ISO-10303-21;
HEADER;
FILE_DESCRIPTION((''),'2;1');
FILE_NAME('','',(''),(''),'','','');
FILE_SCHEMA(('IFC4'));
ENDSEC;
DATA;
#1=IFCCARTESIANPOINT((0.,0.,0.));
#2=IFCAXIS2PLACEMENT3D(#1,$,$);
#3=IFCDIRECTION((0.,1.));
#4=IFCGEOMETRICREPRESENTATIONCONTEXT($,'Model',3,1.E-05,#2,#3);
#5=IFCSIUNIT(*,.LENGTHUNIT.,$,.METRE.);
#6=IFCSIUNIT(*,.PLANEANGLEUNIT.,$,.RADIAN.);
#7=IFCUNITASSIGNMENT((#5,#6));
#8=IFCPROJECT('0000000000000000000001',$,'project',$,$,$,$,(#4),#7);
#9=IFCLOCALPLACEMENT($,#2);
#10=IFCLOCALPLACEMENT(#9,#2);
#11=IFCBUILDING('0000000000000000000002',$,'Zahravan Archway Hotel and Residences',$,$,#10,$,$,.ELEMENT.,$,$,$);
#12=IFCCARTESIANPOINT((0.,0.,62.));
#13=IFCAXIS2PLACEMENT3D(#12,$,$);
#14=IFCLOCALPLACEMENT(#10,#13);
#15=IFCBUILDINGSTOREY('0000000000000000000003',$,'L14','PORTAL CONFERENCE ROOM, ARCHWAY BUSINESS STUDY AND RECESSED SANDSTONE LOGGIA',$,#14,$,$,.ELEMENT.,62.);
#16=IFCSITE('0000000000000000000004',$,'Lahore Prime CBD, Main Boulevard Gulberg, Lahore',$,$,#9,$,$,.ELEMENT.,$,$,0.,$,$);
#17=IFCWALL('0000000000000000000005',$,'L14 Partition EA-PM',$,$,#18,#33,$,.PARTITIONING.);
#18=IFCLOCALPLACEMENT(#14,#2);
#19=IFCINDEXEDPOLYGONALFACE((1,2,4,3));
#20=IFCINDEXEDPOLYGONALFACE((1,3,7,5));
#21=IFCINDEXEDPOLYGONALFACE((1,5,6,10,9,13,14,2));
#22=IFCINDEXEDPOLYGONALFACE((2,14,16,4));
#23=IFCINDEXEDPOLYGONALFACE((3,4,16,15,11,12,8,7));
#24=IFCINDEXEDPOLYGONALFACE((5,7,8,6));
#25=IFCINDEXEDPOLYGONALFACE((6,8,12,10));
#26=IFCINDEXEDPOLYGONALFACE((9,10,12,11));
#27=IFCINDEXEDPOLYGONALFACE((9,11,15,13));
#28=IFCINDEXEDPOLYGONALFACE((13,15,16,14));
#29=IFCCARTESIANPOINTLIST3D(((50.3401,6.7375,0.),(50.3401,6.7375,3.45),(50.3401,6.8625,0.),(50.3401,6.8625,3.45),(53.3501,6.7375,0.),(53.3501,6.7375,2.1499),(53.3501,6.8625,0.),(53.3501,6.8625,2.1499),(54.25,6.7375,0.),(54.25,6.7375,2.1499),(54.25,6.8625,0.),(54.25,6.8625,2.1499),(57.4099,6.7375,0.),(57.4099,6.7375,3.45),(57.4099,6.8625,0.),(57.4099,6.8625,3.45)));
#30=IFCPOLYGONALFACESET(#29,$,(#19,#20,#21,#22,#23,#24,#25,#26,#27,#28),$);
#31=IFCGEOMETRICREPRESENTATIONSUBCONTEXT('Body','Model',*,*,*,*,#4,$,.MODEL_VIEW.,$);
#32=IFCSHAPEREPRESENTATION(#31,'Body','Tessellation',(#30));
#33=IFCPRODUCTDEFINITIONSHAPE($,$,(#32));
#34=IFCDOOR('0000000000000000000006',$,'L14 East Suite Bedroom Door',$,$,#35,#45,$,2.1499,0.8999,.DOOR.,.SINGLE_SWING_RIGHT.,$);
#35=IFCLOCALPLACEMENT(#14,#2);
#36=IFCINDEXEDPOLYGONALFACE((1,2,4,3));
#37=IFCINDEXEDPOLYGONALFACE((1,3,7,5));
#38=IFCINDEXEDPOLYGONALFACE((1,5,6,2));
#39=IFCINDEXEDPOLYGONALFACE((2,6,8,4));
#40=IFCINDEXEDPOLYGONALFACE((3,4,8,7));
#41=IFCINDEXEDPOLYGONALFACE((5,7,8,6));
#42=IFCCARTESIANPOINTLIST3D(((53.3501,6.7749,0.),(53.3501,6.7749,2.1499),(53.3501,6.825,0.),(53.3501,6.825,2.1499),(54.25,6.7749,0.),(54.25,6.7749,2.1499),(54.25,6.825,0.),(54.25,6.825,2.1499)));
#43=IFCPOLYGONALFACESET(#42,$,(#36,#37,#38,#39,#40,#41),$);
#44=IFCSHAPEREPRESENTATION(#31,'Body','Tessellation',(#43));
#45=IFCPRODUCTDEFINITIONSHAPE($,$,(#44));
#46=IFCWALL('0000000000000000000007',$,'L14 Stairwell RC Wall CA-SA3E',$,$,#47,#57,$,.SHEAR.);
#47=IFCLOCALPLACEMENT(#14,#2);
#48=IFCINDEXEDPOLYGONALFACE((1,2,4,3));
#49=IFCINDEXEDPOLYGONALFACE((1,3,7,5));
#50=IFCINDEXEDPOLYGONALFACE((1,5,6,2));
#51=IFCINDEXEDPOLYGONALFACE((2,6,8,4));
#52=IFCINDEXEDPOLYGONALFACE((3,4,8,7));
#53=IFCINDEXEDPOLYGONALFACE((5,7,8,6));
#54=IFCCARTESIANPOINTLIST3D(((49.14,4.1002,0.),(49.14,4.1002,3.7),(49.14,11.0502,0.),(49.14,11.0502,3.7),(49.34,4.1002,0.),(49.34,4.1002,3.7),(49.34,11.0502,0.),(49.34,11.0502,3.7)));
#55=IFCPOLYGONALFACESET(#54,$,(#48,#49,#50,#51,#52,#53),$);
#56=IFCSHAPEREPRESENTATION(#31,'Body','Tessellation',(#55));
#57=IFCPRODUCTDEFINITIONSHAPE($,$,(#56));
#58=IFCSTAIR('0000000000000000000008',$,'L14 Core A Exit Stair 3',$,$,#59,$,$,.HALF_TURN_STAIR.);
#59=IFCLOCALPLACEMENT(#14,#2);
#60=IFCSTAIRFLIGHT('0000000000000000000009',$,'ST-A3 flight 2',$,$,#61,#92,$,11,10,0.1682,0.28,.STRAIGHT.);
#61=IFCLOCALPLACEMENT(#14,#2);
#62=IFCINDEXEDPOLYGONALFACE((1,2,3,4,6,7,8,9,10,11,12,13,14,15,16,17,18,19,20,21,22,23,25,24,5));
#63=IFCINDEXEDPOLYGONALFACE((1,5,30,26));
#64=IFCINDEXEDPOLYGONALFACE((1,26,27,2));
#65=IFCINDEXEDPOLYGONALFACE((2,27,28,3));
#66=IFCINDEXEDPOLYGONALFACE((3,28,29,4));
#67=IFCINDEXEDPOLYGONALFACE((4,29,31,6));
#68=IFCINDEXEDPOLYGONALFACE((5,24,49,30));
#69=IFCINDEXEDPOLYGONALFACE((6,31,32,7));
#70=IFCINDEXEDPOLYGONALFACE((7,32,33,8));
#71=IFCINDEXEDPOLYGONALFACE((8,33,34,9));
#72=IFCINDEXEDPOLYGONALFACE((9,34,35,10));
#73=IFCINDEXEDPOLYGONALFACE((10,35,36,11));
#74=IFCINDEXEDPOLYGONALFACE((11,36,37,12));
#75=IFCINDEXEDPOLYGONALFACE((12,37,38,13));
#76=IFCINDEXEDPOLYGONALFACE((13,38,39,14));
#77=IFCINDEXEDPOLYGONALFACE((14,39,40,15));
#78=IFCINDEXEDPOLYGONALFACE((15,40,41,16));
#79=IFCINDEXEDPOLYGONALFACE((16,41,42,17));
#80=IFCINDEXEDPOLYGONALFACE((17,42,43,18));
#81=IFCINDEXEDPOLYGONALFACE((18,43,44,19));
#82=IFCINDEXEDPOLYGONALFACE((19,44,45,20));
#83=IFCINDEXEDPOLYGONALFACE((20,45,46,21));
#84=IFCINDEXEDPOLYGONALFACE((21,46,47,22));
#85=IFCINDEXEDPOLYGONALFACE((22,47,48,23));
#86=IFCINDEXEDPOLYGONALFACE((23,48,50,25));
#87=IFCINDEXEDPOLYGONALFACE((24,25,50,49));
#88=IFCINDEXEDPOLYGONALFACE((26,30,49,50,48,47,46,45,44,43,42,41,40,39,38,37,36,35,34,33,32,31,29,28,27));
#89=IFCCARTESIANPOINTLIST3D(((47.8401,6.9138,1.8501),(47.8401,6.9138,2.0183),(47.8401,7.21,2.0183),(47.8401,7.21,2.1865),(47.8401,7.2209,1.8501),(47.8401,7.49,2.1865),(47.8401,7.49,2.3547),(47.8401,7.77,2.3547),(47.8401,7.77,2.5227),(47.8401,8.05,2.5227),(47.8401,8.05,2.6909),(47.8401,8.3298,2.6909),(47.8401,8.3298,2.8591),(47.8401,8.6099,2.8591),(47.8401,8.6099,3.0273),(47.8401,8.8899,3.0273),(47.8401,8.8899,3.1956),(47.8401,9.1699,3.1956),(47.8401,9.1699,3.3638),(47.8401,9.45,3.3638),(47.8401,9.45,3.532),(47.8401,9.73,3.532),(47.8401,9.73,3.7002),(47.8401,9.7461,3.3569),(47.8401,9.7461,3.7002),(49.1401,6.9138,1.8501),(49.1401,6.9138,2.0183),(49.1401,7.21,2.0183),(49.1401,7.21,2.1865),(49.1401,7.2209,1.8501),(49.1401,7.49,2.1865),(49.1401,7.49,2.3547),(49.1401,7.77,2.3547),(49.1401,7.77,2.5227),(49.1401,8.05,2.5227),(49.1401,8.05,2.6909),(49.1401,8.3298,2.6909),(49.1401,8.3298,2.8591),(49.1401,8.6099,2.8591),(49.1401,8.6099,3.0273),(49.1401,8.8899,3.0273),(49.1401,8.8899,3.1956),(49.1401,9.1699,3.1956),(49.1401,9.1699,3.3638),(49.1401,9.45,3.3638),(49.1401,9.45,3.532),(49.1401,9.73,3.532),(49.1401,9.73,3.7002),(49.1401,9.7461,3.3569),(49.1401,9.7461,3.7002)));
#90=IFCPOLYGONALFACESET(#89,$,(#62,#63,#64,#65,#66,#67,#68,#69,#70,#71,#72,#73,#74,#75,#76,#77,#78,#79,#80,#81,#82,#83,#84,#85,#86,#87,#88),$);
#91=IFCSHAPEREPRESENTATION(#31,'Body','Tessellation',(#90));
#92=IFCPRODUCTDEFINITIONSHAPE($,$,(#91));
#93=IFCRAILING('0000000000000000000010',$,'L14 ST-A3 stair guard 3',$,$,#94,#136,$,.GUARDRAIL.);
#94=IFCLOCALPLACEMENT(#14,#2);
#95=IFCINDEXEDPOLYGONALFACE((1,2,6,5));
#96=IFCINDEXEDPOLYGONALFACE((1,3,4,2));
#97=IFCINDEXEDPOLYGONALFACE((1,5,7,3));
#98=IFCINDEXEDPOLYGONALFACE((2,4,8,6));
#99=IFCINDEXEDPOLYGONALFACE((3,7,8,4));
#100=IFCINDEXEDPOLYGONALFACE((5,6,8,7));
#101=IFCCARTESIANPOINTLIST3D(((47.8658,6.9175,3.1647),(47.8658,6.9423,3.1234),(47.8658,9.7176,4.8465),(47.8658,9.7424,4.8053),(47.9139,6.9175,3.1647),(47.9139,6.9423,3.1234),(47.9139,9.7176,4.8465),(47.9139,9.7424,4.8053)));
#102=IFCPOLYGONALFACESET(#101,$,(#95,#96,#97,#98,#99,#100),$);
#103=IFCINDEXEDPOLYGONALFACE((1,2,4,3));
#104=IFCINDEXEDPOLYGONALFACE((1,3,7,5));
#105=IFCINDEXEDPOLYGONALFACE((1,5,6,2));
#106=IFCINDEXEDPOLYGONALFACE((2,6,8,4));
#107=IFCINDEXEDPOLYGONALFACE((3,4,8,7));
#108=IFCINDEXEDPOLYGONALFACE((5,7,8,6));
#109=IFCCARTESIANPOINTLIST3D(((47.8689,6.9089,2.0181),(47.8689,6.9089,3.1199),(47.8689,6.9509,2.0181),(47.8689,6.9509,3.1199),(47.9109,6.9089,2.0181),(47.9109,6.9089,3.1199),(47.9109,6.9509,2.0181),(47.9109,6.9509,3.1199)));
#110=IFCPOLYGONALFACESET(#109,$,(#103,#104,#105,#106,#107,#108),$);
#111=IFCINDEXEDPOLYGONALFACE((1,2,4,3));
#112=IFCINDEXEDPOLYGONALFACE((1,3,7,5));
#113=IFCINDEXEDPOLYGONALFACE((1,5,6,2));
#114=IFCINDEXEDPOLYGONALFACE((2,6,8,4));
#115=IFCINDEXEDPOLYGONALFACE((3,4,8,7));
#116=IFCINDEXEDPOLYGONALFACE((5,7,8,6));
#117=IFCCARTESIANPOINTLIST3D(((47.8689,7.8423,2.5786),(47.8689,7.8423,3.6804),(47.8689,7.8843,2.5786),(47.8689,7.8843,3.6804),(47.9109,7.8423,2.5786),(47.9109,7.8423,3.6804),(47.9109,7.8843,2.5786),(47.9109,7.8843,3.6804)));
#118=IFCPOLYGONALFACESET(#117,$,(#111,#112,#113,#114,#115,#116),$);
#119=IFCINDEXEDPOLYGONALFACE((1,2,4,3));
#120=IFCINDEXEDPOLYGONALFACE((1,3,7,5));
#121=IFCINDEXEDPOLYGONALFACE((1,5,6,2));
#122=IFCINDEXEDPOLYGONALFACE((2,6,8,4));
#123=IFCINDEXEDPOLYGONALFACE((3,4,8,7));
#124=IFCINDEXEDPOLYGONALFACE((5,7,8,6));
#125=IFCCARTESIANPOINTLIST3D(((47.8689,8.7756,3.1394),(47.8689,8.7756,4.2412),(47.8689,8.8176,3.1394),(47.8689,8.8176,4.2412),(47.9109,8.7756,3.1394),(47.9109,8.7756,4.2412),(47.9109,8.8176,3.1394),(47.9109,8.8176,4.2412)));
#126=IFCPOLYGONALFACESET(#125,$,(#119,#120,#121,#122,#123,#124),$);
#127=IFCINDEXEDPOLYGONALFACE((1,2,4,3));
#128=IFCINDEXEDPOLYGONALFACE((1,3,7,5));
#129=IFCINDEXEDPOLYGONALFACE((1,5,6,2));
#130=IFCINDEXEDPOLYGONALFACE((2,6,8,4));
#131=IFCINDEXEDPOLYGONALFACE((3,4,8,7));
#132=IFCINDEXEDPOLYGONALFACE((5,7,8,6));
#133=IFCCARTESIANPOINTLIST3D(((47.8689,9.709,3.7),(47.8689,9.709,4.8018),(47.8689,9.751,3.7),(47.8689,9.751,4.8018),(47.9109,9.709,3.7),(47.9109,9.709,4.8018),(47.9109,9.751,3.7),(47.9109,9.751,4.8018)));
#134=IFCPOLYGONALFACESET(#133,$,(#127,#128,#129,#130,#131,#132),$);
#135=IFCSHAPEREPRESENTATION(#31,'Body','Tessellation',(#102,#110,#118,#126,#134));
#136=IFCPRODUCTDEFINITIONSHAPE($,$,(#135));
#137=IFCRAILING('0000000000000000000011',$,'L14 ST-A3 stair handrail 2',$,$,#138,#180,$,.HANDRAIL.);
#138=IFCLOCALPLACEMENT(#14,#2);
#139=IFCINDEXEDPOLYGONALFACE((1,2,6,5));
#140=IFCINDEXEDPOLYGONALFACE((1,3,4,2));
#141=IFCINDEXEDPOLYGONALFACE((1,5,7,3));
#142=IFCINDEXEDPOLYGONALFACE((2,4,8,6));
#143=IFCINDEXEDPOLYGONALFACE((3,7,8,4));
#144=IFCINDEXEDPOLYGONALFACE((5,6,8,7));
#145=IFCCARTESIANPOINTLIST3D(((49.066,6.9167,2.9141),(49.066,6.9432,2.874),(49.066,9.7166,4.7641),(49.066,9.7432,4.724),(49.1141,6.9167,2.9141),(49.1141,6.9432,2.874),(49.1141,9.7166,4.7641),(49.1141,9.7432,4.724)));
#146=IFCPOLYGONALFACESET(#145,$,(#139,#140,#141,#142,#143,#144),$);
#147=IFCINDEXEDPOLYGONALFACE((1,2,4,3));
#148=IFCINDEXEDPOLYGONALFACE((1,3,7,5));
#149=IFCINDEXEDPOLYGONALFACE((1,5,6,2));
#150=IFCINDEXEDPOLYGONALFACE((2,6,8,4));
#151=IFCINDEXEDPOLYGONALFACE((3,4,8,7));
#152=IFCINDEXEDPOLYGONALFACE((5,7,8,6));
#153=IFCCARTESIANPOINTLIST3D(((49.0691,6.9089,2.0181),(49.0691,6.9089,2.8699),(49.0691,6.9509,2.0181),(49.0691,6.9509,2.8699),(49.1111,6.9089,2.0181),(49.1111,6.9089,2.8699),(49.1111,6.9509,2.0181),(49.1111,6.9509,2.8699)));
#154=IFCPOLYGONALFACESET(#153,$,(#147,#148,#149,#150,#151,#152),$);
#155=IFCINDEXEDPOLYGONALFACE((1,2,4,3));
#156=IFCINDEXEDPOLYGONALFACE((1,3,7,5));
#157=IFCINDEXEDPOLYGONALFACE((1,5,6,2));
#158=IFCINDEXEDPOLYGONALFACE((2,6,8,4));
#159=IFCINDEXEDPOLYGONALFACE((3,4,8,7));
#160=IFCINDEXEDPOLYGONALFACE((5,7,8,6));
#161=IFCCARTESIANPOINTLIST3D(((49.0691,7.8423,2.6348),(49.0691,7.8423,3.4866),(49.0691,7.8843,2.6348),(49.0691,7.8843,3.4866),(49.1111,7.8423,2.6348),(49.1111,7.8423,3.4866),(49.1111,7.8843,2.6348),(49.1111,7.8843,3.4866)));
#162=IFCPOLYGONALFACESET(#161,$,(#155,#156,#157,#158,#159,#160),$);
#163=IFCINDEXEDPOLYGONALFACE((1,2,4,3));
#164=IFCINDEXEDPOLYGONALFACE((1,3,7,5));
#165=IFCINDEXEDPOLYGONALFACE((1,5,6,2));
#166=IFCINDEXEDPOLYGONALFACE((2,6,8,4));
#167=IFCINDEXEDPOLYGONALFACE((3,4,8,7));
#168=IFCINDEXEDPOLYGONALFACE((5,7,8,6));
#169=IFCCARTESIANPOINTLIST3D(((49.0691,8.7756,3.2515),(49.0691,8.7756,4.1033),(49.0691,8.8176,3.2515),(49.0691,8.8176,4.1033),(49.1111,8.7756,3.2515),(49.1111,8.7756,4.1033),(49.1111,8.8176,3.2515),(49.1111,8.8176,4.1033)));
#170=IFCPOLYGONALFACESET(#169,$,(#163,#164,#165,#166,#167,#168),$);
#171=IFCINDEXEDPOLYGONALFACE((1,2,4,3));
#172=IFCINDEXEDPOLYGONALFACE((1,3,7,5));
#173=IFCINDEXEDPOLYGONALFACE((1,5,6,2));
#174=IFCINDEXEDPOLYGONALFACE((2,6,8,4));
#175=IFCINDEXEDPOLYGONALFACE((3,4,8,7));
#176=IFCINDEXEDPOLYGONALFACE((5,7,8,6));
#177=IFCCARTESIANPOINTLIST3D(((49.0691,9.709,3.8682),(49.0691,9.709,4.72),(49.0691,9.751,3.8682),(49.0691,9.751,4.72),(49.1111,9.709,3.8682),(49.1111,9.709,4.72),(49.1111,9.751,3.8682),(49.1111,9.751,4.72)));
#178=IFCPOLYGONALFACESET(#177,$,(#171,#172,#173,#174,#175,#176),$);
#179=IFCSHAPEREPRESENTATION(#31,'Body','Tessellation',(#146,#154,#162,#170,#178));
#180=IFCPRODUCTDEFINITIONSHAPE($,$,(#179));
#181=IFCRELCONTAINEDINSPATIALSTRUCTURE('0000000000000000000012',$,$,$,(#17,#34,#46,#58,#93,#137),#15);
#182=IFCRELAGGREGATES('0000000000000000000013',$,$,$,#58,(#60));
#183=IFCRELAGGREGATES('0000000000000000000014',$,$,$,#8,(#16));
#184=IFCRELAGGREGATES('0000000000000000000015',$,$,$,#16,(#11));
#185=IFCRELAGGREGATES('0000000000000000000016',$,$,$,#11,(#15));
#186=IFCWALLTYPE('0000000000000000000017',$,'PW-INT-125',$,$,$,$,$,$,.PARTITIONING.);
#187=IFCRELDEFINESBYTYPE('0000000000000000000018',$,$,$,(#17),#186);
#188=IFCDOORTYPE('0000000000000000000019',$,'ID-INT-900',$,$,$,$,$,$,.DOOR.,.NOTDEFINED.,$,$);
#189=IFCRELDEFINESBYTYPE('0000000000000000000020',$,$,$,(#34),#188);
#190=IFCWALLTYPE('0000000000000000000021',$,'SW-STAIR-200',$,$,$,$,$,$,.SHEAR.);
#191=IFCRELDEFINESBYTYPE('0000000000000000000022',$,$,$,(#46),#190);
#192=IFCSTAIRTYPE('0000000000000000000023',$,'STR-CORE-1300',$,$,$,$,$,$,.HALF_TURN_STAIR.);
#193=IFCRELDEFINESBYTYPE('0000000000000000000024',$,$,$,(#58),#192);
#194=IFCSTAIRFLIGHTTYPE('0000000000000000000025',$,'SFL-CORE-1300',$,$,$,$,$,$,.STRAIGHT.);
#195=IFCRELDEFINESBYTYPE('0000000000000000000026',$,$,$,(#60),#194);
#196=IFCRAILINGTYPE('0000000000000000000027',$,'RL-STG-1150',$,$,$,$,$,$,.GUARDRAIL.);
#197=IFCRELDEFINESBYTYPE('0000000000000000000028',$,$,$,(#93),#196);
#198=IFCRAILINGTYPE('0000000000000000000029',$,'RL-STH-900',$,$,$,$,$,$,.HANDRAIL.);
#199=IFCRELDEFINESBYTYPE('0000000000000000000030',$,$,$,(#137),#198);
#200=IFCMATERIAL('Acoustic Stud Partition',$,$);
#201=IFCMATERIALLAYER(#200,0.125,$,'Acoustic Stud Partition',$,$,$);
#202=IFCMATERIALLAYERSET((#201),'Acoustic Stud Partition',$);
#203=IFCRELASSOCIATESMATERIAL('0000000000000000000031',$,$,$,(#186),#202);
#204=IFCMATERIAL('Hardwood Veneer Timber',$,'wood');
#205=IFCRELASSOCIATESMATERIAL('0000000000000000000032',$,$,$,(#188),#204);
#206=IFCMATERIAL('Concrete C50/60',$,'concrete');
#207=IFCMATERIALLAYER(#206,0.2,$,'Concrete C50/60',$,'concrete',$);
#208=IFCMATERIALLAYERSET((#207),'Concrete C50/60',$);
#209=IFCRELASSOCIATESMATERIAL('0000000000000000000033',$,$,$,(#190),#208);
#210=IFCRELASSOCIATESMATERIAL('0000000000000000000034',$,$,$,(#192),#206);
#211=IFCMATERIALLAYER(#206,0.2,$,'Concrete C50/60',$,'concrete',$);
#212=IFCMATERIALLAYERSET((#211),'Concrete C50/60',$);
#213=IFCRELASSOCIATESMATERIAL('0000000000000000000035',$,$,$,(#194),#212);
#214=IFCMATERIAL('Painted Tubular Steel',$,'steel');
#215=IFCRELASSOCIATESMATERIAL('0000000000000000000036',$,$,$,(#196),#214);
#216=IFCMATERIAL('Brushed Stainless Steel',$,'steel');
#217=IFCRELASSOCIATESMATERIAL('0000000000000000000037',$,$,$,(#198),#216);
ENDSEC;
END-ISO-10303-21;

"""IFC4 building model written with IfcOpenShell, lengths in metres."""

from ifc_helpers import new_model, si_unit, direction, frame, frame_2d, origin, origin_2d, place, context, subcontext, project, spatial, polyline, rectangle, outline, extrude, source, transform, mapped, material, layer, layer_set, type_object, type_shapes, element, fill, aggregate, save


model = new_model("IFC4")

# Units and contexts
model_context = context("Model", 3, precision=1e-05, world=origin(), true_north=direction((0.0, 1.0)))
body_context = subcontext(model_context, "Body", "Model", "MODEL_VIEW")
ifc_project = project(units=[si_unit("LENGTHUNIT", "METRE"), si_unit("PLANEANGLEUNIT", "RADIAN")], contexts=[model_context])

# Site, building, storey
site_placement = place(None, origin())
site = spatial("IfcSite", under=ifc_project, at=site_placement, Name="Lahore Prime CBD, Main Boulevard Gulberg, Lahore", CompositionType="ELEMENT", RefElevation=0.0)
building_placement = place(site_placement, origin())
building = spatial("IfcBuilding", under=site, at=building_placement, Name="Zahravan Archway Hotel and Residences", CompositionType="ELEMENT")
storey_placement = place(building_placement, frame((0.0, 0.0, 62.0)))
storey = spatial("IfcBuildingStorey", under=building, at=storey_placement, Name="L14", Description="PORTAL CONFERENCE ROOM, ARCHWAY BUSINESS STUDY AND RECESSED SANDSTONE LOGGIA", CompositionType="ELEMENT", Elevation=62.0)

# Wall, opening, door
ifc_material_1 = material(Name="Acoustic Stud Partition")
ifc_layer_1 = layer(ifc_material_1, 0.125, Name="Acoustic Stud Partition")
ifc_layer_set_1 = layer_set([ifc_layer_1], Name="Acoustic Stud Partition")
wall_type_1 = type_object("IfcWallType", Name="PW-INT-125", PredefinedType="PARTITIONING", material=ifc_layer_set_1)
wall_1_placement = place(storey_placement, frame((50.3401, 6.8, 0.0), z_axis=(0.0, 0.0, 1.0), x_axis=(1.0, 0.0, 0.0)))
wall_1 = element("IfcWall", 1, at=wall_1_placement, inside=storey, type_object=wall_type_1, Name="L14 Partition EA-PM", PredefinedType="PARTITIONING", context=body_context, shape_type="SweptSolid", body=[
    extrude(rectangle(XDim=7.0698, YDim=0.125, at=frame_2d((3.5349, 0.0))), origin(), (0.0, 0.0, 1.0), 3.45),
])
opening_1_placement = place(wall_1_placement, frame((3.01, 0.0, 0.0)))
opening_1 = element("IfcOpeningElement", 2, at=opening_1_placement, cuts=wall_1, PredefinedType="OPENING", context=body_context, shape_type="SweptSolid", body=[
    extrude(rectangle(XDim=0.8999, YDim=2.1499, at=frame_2d((0.45, 1.075))), frame((0.0, 0.0725, 0.0), z_axis=(0.0, -1.0, 0.0), x_axis=(1.0, 0.0, 0.0)), (0.0, 0.0, 1.0), 0.145),
])
ifc_material_2 = material(Name="Hardwood Veneer Timber", Category="wood")
door_type_1 = type_object("IfcDoorType", Name="ID-INT-900", OperationType="NOTDEFINED", PredefinedType="DOOR", material=ifc_material_2)
shared_shape_1 = source(origin(), body_context, "Body", "SweptSolid", [
    extrude(rectangle(XDim=0.8999, YDim=2.1499, at=frame_2d((0.45, 1.075))), frame((0.0, 0.0249, 0.0), z_axis=(0.0, -1.0, 0.0), x_axis=(1.0, 0.0, 0.0)), (0.0, 0.0, 1.0), 0.05),
])
type_shapes(door_type_1, [shared_shape_1])
door_1_placement = place(opening_1_placement, origin())
door_1 = element("IfcDoor", 3, at=door_1_placement, inside=storey, type_object=door_type_1, Name="L14 East Suite Bedroom Door", OperationType="SINGLE_SWING_RIGHT", OverallHeight=2.1499, OverallWidth=0.8999, PredefinedType="DOOR", context=body_context, shape_type="MappedRepresentation", body=[
    mapped(shared_shape_1, transform((0.0, 0.0, 0.0), scale=1.0)),
])
fill(opening_1, door_1)

# Wall
ifc_material_3 = material(Name="Concrete C50/60", Category="concrete")
ifc_layer_2 = layer(ifc_material_3, 0.2, Name="Concrete C50/60", Category="concrete")
ifc_layer_set_2 = layer_set([ifc_layer_2], Name="Concrete C50/60")
wall_type_2 = type_object("IfcWallType", Name="SW-STAIR-200", PredefinedType="SHEAR", material=ifc_layer_set_2)
wall_2_placement = place(storey_placement, frame((49.24, 4.1001, 0.0), z_axis=(0.0, 0.0, 1.0), x_axis=(0.0, 1.0, 0.0)))
element("IfcWall", 4, at=wall_2_placement, inside=storey, type_object=wall_type_2, Name="L14 Stairwell RC Wall CA-SA3E", PredefinedType="SHEAR", context=body_context, shape_type="SweptSolid", body=[
    extrude(rectangle(XDim=6.95, YDim=0.2, at=frame_2d((3.4751, 0.0))), origin(), (0.0, 0.0, 1.0), 3.7),
])

# Stair, stair flight
stair_type = type_object("IfcStairType", Name="STR-CORE-1300", PredefinedType="HALF_TURN_STAIR", material=ifc_material_3)
stair_placement = place(storey_placement, origin())
stair = element("IfcStair", 5, at=stair_placement, inside=storey, type_object=stair_type, Name="L14 Core A Exit Stair 3", PredefinedType="HALF_TURN_STAIR")
ifc_layer_3 = layer(ifc_material_3, 0.2, Name="Concrete C50/60", Category="concrete")
ifc_layer_set_3 = layer_set([ifc_layer_3], Name="Concrete C50/60")
stair_flight_type = type_object("IfcStairFlightType", Name="SFL-CORE-1300", PredefinedType="STRAIGHT", material=ifc_layer_set_3)
shared_shape_2 = source(origin(), body_context, "Body", "SweptSolid", [
    extrude(outline(polyline([(-0.0161, 0.0), (-0.0161, 0.1682), (0.28, 0.1682), (0.28, 0.3364), (0.5601, 0.3364), (0.5601, 0.5046), (0.8401, 0.5046), (0.8401, 0.6726), (1.1201, 0.6726), (1.1201, 0.8408), (1.3999, 0.8408), (1.3999, 1.009), (1.6799, 1.009), (1.6799, 1.1772), (1.96, 1.1772), (1.96, 1.3455), (2.24, 1.3455), (2.24, 1.5137), (2.52, 1.5137), (2.52, 1.6819), (2.8, 1.6819), (2.8, 1.8501), (2.8162, 1.8501), (2.8162, 1.5068), (0.291, 0.0), (-0.0161, 0.0)])), frame((0.0, 0.6499, 0.0), z_axis=(0.0, -1.0, 0.0), x_axis=(1.0, 0.0, 0.0)), (0.0, 0.0, 1.0), 1.3),
])
stair_flight_placement = place(storey_placement, frame((48.49, 6.9299, 1.8501), z_axis=(0.0, 0.0, 1.0), x_axis=(0.0, 1.0, 0.0)))
stair_flight = element("IfcStairFlight", 6, at=stair_flight_placement, type_object=stair_flight_type, Name="ST-A3 flight 2", NumberOfRisers=11, NumberOfTreads=10, PredefinedType="STRAIGHT", RiserHeight=0.1682, TreadLength=0.28, context=body_context, shape_type="MappedRepresentation", body=[
    mapped(shared_shape_2, transform((0.0, 0.0, 0.0), scale=1.0)),
])
aggregate(stair, [stair_flight])

# Railings
ifc_material_4 = material(Name="Painted Tubular Steel", Category="steel")
railing_type_1 = type_object("IfcRailingType", Name="RL-STG-1150", PredefinedType="GUARDRAIL", material=ifc_material_4)
railing_1_placement = place(storey_placement, frame((47.8899, 6.9299, 2.0181)))
element("IfcRailing", 7, at=railing_1_placement, inside=storey, type_object=railing_type_1, Name="L14 ST-A3 stair guard 3", PredefinedType="GUARDRAIL", context=body_context, shape_type="SweptSolid", body=[
    extrude(rectangle(XDim=0.0481, YDim=0.0481, at=origin_2d()), frame((0.0, 0.0, 1.126), z_axis=(0.0, 0.857242, 0.514913), x_axis=(-1.0, 0.0, 0.0)), (0.0, 0.0, 1.0), 3.2664),
    extrude(rectangle(XDim=0.042, YDim=0.042, at=origin_2d()), origin(), (0.0, 0.0, 1.0), 1.1018),
    extrude(rectangle(XDim=0.042, YDim=0.042, at=origin_2d()), frame((0.0, 0.9333, 0.5605)), (0.0, 0.0, 1.0), 1.1018),
    extrude(rectangle(XDim=0.042, YDim=0.042, at=origin_2d()), frame((0.0, 1.8667, 1.1213)), (0.0, 0.0, 1.0), 1.1018),
    extrude(rectangle(XDim=0.042, YDim=0.042, at=origin_2d()), frame((0.0, 2.8, 1.6819)), (0.0, 0.0, 1.0), 1.1018),
])
ifc_material_5 = material(Name="Brushed Stainless Steel", Category="steel")
railing_type_2 = type_object("IfcRailingType", Name="RL-STH-900", PredefinedType="HANDRAIL", material=ifc_material_5)
railing_2_placement = place(storey_placement, frame((49.0901, 6.9299, 2.0181)))
element("IfcRailing", 8, at=railing_2_placement, inside=storey, type_object=railing_type_2, Name="L14 ST-A3 stair handrail 2", PredefinedType="HANDRAIL", context=body_context, shape_type="SweptSolid", body=[
    extrude(rectangle(XDim=0.0481, YDim=0.0481, at=origin_2d()), frame((0.0, 0.0, 0.876), z_axis=(0.0, 0.834326, 0.551271), x_axis=(-1.0, 0.0, 0.0)), (0.0, 0.0, 1.0), 3.356),
    extrude(rectangle(XDim=0.042, YDim=0.042, at=origin_2d()), origin(), (0.0, 0.0, 1.0), 0.8518),
    extrude(rectangle(XDim=0.042, YDim=0.042, at=origin_2d()), frame((0.0, 0.9333, 0.6167)), (0.0, 0.0, 1.0), 0.8518),
    extrude(rectangle(XDim=0.042, YDim=0.042, at=origin_2d()), frame((0.0, 1.8667, 1.2334)), (0.0, 0.0, 1.0), 0.8518),
    extrude(rectangle(XDim=0.042, YDim=0.042, at=origin_2d()), frame((0.0, 2.8, 1.8501)), (0.0, 0.0, 1.0), 0.8518),
])

save(model, "model.ifc")
